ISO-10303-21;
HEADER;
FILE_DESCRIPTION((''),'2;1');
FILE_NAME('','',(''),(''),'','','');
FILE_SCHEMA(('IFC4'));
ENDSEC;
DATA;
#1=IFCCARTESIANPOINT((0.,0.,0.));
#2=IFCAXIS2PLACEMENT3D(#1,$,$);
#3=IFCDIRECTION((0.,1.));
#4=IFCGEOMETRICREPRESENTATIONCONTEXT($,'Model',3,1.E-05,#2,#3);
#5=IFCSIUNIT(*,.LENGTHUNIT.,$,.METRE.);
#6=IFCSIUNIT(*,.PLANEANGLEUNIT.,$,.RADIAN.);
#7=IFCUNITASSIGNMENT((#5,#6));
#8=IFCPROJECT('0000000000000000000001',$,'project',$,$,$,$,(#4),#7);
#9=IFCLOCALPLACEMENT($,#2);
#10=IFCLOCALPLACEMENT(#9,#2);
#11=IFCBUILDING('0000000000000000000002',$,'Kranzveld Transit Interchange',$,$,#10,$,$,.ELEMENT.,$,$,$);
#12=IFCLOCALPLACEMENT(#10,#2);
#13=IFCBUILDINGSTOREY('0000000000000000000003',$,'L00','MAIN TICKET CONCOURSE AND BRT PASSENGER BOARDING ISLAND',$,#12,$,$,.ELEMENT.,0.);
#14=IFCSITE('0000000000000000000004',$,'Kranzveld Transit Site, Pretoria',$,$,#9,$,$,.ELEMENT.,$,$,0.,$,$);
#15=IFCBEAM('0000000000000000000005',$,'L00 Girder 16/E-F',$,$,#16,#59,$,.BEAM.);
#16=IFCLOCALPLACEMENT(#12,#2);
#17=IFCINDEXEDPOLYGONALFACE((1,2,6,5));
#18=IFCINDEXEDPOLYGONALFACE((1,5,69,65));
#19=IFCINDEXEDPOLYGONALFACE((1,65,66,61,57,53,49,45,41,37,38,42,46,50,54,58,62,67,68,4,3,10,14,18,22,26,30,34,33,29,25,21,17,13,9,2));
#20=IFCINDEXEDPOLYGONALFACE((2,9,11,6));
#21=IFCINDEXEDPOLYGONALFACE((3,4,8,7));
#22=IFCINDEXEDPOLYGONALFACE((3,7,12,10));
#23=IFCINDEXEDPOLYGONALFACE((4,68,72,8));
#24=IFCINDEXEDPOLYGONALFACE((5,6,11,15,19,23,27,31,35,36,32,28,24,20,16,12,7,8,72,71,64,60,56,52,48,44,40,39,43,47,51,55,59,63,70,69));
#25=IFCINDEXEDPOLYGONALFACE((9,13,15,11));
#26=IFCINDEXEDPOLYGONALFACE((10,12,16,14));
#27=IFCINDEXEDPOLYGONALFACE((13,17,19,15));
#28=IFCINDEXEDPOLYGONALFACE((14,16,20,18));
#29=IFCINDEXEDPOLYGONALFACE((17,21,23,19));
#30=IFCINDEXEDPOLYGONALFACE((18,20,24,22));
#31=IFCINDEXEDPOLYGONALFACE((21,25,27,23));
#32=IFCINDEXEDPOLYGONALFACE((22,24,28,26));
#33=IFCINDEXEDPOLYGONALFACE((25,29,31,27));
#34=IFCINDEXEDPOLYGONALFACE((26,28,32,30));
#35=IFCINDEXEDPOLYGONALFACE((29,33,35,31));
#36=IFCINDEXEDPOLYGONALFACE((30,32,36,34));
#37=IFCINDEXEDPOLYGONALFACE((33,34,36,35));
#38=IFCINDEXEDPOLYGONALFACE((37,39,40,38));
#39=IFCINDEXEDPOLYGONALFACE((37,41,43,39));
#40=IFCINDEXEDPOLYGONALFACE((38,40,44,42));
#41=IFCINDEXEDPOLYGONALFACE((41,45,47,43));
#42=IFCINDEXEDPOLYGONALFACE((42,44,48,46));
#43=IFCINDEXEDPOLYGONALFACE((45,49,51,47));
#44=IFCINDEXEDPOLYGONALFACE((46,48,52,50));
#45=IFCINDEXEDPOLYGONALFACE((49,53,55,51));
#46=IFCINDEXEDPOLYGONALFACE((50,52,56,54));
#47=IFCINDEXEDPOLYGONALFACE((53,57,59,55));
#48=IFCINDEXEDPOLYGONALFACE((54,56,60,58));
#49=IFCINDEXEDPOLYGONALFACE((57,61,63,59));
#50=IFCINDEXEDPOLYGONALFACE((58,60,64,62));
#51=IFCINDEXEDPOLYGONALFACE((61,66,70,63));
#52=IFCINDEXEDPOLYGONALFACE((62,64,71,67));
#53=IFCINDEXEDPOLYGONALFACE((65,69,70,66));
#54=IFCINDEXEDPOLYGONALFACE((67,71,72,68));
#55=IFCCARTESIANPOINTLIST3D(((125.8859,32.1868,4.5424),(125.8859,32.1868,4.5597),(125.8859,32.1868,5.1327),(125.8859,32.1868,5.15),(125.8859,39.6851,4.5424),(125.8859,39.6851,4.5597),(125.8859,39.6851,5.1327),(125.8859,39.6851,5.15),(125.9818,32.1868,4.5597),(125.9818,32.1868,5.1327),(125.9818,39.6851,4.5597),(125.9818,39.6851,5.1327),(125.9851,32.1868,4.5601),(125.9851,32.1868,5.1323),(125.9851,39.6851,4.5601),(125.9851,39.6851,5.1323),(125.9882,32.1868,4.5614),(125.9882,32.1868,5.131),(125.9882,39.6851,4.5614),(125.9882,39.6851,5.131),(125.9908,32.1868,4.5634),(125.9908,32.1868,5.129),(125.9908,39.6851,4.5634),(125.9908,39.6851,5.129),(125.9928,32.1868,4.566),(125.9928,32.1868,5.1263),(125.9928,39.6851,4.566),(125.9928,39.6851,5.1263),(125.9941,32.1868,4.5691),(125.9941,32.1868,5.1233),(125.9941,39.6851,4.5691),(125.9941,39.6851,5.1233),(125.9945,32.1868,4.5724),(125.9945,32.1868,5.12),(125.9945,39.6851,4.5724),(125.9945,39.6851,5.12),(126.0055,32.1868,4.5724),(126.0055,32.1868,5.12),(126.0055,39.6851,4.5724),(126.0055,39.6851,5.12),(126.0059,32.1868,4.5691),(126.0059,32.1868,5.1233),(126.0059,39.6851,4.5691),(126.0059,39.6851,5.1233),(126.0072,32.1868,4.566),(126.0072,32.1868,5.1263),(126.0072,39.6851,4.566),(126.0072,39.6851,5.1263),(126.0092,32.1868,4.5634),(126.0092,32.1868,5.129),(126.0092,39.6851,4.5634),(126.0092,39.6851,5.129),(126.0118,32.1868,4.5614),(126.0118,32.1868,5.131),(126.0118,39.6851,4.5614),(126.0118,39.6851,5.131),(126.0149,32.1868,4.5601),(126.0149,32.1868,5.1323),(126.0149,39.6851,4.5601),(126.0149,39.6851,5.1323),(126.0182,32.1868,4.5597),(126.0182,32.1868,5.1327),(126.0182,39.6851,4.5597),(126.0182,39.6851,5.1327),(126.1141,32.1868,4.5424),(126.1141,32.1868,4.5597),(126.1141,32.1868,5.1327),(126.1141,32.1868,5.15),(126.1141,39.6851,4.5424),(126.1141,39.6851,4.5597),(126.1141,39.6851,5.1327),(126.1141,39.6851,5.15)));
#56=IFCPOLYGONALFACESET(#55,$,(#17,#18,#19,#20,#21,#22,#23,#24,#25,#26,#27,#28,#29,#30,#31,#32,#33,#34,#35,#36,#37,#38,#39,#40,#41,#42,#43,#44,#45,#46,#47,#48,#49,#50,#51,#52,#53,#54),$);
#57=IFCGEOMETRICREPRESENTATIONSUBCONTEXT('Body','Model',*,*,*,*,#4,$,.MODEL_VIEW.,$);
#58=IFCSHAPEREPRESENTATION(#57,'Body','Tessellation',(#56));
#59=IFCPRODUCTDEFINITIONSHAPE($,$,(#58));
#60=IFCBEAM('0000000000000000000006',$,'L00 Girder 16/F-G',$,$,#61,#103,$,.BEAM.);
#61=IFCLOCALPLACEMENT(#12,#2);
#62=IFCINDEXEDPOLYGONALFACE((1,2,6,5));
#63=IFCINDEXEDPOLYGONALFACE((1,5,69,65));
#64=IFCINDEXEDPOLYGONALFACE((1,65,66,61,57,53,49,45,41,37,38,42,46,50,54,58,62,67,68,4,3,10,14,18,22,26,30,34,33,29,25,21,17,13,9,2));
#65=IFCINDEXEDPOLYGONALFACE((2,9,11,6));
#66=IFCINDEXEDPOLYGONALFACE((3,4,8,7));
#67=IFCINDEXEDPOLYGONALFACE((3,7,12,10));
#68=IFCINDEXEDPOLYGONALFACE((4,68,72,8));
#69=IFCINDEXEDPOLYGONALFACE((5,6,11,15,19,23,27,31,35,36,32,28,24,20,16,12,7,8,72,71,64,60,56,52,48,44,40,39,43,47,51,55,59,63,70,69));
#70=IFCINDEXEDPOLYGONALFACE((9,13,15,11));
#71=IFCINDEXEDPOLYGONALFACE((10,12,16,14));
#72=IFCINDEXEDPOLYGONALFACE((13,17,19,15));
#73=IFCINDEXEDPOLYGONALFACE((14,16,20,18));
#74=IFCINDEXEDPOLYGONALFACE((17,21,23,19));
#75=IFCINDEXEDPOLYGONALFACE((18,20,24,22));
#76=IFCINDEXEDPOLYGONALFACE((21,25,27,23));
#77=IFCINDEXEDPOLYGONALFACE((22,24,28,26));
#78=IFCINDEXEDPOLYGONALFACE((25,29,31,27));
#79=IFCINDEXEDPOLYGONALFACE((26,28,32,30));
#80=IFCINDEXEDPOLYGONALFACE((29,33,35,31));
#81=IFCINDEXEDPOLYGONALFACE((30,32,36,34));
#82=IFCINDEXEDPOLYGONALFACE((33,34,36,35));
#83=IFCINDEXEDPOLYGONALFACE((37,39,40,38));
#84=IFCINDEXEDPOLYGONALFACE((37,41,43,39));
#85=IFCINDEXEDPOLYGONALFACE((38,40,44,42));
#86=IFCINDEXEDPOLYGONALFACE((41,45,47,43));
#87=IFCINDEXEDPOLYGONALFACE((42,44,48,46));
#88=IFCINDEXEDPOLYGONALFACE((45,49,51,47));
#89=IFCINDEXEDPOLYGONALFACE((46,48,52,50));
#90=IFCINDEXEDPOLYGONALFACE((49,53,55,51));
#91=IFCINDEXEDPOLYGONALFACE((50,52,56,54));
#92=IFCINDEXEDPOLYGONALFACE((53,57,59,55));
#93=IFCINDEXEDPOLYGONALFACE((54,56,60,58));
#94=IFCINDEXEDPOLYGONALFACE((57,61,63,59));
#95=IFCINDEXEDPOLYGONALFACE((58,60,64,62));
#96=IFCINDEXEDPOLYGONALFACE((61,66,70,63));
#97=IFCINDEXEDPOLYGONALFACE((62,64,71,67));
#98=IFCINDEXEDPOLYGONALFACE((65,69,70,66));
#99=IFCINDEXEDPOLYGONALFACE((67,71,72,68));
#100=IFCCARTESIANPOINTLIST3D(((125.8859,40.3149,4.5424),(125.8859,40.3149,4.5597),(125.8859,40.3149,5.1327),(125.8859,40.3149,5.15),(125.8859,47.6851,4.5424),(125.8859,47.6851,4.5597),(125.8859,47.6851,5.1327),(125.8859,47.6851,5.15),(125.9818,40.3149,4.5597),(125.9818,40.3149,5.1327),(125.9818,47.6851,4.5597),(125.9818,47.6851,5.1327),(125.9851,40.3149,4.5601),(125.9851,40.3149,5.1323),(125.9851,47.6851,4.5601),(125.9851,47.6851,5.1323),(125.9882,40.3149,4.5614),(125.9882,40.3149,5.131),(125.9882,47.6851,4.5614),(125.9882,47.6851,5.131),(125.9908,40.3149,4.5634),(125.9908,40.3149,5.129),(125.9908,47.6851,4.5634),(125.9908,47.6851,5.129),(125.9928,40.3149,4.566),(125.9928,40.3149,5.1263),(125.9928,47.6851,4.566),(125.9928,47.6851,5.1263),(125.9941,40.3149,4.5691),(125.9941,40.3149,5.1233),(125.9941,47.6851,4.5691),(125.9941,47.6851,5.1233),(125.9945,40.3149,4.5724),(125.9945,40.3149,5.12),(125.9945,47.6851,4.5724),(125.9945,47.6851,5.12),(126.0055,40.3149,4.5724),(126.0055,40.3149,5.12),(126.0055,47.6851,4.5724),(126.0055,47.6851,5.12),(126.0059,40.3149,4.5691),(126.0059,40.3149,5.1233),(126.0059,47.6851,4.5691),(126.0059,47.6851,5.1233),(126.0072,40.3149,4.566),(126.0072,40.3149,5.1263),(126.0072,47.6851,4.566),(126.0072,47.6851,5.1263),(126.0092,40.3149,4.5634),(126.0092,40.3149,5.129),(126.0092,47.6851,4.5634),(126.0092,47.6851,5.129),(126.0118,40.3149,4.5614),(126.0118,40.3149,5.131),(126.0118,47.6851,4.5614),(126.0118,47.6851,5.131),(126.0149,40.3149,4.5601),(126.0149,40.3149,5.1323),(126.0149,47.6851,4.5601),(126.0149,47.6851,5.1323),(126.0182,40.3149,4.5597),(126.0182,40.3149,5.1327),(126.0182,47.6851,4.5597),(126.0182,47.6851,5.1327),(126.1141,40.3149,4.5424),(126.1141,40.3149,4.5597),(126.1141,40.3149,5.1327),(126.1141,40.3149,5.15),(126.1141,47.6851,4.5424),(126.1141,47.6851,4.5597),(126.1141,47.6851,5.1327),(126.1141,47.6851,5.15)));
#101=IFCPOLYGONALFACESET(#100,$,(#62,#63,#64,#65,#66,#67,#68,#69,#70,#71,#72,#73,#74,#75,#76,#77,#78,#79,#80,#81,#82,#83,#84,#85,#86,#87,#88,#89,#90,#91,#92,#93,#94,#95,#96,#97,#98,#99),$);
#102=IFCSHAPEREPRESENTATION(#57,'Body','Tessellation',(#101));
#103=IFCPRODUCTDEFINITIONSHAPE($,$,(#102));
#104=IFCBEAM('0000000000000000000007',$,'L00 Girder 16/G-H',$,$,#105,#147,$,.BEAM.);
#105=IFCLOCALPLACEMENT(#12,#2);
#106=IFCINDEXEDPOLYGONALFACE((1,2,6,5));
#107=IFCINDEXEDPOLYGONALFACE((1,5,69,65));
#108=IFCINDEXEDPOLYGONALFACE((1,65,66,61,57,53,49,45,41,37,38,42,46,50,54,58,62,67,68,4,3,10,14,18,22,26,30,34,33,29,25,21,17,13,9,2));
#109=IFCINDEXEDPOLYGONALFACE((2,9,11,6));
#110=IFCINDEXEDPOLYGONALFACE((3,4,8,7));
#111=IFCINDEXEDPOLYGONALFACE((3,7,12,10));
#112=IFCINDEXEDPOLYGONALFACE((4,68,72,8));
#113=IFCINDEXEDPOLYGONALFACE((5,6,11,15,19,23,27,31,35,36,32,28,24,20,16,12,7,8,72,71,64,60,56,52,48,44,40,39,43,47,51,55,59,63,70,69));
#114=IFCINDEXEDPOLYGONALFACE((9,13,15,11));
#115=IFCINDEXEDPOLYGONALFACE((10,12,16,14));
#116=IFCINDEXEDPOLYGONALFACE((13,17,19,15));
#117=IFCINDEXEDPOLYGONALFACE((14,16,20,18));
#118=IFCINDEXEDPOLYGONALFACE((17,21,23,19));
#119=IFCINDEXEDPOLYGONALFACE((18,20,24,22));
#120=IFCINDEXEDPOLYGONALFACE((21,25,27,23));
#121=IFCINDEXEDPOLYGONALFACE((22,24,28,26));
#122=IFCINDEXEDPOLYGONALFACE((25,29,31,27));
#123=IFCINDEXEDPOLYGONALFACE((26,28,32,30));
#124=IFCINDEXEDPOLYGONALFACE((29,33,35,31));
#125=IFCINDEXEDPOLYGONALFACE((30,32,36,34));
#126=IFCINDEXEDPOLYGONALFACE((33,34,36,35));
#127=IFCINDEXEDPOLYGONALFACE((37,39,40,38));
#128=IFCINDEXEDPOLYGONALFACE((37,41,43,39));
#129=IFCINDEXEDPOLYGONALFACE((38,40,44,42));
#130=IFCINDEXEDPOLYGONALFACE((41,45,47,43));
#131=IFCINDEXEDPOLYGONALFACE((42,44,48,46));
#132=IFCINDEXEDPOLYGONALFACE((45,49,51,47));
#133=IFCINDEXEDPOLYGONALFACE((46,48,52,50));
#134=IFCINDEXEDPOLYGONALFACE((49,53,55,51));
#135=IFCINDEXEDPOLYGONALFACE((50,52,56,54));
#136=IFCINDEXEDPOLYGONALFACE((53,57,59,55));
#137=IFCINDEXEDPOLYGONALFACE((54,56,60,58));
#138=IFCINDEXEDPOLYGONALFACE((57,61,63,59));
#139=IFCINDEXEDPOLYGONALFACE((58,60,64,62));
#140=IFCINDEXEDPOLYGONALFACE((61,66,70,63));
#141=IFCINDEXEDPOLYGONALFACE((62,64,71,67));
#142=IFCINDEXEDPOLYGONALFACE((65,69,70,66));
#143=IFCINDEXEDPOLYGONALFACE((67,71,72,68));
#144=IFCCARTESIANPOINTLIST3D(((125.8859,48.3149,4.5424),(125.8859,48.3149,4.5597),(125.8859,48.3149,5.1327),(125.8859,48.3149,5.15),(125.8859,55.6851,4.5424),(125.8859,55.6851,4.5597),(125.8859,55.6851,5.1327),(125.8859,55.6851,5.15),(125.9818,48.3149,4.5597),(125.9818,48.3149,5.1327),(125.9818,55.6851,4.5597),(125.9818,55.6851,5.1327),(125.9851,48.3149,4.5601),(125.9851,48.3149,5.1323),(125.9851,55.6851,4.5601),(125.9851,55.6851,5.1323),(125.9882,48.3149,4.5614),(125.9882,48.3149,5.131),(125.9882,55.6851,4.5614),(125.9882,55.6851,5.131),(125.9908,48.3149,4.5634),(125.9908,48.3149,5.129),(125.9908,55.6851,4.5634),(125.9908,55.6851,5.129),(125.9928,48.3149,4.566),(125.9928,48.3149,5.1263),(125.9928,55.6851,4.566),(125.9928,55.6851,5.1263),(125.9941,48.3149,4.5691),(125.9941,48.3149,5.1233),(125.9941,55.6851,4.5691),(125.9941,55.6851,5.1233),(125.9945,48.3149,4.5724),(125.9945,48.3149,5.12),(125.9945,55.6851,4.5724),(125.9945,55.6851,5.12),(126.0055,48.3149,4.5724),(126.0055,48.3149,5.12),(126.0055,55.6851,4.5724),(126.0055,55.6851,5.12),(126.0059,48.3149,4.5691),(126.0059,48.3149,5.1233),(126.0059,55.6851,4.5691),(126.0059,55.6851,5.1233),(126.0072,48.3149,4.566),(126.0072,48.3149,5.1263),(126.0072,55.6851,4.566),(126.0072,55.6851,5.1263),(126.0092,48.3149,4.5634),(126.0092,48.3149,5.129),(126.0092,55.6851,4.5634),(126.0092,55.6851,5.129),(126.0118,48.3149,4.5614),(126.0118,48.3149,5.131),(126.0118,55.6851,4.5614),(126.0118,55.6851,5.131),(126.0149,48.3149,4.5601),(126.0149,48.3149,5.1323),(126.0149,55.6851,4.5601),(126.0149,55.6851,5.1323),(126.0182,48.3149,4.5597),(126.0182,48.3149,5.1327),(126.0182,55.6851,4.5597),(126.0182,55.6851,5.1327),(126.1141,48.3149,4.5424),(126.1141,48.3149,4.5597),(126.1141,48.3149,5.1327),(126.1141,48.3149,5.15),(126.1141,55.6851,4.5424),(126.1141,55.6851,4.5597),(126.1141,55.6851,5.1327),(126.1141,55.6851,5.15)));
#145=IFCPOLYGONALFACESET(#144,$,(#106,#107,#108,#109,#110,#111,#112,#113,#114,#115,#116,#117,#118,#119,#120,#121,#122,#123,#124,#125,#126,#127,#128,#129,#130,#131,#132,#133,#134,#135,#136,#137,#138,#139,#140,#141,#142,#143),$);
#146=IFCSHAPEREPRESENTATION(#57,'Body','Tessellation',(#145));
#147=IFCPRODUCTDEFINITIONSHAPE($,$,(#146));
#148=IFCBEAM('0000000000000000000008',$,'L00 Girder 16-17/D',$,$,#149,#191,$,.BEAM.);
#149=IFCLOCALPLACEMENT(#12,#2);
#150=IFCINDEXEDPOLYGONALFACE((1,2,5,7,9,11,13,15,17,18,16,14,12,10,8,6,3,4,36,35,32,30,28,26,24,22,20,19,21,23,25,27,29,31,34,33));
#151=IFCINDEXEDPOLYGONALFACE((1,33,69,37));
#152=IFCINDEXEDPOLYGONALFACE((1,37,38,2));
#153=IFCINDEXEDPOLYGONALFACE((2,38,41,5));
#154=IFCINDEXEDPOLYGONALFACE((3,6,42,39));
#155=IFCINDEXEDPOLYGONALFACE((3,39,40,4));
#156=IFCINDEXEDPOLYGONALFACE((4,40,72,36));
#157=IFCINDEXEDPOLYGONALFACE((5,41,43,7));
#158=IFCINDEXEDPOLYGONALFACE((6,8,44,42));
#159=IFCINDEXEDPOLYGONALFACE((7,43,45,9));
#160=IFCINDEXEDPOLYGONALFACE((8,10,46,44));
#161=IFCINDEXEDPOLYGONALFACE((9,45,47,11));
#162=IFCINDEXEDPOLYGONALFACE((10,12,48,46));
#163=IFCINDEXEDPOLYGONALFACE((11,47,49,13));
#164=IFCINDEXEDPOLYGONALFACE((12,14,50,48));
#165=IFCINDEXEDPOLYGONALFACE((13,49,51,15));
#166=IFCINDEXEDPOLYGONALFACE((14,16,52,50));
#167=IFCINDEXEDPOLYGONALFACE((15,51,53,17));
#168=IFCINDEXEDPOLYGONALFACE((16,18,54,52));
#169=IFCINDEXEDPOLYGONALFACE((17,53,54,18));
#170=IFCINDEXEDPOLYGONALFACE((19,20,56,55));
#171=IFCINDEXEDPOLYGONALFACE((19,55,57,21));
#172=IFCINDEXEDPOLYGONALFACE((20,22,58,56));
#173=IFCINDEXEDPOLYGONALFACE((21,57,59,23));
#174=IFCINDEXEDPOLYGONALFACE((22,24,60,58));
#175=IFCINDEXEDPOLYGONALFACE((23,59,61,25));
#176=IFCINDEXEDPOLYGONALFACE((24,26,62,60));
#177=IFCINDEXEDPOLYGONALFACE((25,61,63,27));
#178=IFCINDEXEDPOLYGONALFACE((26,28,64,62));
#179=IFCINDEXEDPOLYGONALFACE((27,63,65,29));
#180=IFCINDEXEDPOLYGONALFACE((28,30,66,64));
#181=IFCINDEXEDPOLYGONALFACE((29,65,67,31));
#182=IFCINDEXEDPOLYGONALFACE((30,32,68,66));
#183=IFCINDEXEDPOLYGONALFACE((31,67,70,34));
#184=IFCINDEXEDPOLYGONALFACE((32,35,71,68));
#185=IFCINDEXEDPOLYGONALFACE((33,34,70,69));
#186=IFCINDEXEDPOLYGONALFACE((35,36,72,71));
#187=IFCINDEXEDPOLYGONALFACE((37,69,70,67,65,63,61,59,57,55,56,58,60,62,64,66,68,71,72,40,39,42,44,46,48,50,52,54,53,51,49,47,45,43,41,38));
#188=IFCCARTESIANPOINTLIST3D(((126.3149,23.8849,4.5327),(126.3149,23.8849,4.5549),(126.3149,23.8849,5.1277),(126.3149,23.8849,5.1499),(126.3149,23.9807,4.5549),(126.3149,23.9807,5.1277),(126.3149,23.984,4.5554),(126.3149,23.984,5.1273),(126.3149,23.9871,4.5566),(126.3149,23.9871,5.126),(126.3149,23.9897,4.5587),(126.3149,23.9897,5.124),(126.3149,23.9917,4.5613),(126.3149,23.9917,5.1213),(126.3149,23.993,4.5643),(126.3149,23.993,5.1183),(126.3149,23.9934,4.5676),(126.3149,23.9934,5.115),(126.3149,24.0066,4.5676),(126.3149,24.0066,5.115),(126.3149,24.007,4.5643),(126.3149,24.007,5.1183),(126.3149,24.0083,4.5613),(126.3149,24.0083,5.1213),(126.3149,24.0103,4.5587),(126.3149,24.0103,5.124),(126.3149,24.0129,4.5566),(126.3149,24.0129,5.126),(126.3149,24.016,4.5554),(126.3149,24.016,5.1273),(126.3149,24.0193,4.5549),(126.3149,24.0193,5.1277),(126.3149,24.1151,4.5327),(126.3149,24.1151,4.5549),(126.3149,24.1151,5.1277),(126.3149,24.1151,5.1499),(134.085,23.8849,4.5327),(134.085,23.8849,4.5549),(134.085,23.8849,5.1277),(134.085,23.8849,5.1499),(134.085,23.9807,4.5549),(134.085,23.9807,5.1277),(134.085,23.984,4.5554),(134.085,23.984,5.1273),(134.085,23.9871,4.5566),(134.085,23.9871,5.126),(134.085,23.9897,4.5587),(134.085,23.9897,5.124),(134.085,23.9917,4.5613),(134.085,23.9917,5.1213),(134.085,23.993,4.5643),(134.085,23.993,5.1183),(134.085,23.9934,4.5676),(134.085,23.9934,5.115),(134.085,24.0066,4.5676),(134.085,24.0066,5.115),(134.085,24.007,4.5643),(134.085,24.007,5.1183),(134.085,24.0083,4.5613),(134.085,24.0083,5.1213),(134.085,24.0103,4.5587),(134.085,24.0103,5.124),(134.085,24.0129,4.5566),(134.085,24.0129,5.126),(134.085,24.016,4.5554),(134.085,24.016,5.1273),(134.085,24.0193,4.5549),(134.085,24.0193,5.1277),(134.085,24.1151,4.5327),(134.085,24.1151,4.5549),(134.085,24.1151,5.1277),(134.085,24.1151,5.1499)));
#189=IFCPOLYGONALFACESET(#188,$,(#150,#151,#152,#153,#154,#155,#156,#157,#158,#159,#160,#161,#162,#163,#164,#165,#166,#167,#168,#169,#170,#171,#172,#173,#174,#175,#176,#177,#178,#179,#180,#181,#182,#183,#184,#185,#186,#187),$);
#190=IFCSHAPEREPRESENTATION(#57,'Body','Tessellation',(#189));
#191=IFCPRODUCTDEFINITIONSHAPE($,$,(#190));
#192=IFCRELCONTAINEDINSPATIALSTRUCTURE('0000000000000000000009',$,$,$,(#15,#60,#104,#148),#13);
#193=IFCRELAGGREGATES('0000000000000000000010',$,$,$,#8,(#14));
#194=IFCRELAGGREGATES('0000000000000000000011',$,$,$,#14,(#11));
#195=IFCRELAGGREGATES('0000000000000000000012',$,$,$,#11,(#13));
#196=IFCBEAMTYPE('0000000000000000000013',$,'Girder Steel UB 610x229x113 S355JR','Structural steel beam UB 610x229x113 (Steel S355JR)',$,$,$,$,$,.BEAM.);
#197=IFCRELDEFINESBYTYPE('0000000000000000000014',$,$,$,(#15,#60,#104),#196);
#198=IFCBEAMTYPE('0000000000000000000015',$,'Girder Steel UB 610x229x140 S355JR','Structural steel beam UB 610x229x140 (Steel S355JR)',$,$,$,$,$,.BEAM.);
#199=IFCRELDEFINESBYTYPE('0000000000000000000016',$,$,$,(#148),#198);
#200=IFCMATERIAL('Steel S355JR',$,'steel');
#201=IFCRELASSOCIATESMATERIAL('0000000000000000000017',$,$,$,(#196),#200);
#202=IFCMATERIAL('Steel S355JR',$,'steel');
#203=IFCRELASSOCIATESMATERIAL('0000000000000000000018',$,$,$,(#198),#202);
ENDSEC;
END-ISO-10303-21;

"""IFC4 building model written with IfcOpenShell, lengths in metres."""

from ifc_helpers import new_model, si_unit, direction, frame, origin, origin_2d, place, context, subcontext, project, spatial, i_section, extrude, material, material_profile, profile_set, type_object, element, save


model = new_model("IFC4")

# Units and contexts
model_context = context("Model", 3, precision=1e-05, world=origin(), true_north=direction((0.0, 1.0)))
body_context = subcontext(model_context, "Body", "Model", "MODEL_VIEW")
ifc_project = project(units=[si_unit("LENGTHUNIT", "METRE"), si_unit("PLANEANGLEUNIT", "RADIAN")], contexts=[model_context])

# Site, building, storey
site_placement = place(None, origin())
site = spatial("IfcSite", under=ifc_project, at=site_placement, Name="Kranzveld Transit Site, Pretoria", CompositionType="ELEMENT", RefElevation=0.0)
building_placement = place(site_placement, origin())
building = spatial("IfcBuilding", under=site, at=building_placement, Name="Kranzveld Transit Interchange", CompositionType="ELEMENT")
storey_placement = place(building_placement, origin())
storey = spatial("IfcBuildingStorey", under=building, at=storey_placement, Name="L00", Description="MAIN TICKET CONCOURSE AND BRT PASSENGER BOARDING ISLAND", CompositionType="ELEMENT", Elevation=0.0)

# Beams
ifc_material_1 = material(Name="Steel S355JR", Category="steel")
ifc_material_profile_1 = material_profile(ifc_material_1, i_section(OverallWidth=0.2283, OverallDepth=0.6077, WebThickness=0.011, FlangeThickness=0.0173, FilletRadius=0.0127, at=origin_2d()), Name="UB 610x229x113")
ifc_profile_set_1 = profile_set([ifc_material_profile_1], Name="Steel S355JR")
beam_type_1 = type_object("IfcBeamType", Name="Girder Steel UB 610x229x113 S355JR", Description="Structural steel beam UB 610x229x113 (Steel S355JR)", PredefinedType="BEAM", material=ifc_profile_set_1)
for number, where, z_axis, x_axis, name in (
    (1, (126.0, 32.1868, 4.8462), (0.0, 1.0, 0.0), (-1.0, 0.0, 0.0), "L00 Girder 16/E-F"),
):
    element("IfcBeam", number, at=place(storey_placement, frame(where, z_axis=z_axis, x_axis=x_axis)), inside=storey, type_object=beam_type_1, Name=name, PredefinedType="BEAM", context=body_context, shape_type="SweptSolid", body=[
        extrude(i_section(OverallWidth=0.2283, OverallDepth=0.6077, WebThickness=0.011, FlangeThickness=0.0173, FilletRadius=0.0127, at=origin_2d()), origin(), (0.0, 0.0, 1.0), 7.4983),
    ])
for number, where, z_axis, x_axis, name in (
    (2, (126.0, 40.3149, 4.8462), (0.0, 1.0, 0.0), (-1.0, 0.0, 0.0), "L00 Girder 16/F-G"),
    (3, (126.0, 48.3149, 4.8462), (0.0, 1.0, 0.0), (-1.0, 0.0, 0.0), "L00 Girder 16/G-H"),
):
    element("IfcBeam", number, at=place(storey_placement, frame(where, z_axis=z_axis, x_axis=x_axis)), inside=storey, type_object=beam_type_1, Name=name, PredefinedType="BEAM", context=body_context, shape_type="SweptSolid", body=[
        extrude(i_section(OverallWidth=0.2283, OverallDepth=0.6077, WebThickness=0.011, FlangeThickness=0.0173, FilletRadius=0.0127, at=origin_2d()), origin(), (0.0, 0.0, 1.0), 7.3701),
    ])
ifc_material_2 = material(Name="Steel S355JR", Category="steel")
ifc_material_profile_2 = material_profile(ifc_material_2, i_section(OverallWidth=0.2302, OverallDepth=0.6172, WebThickness=0.0132, FlangeThickness=0.0222, FilletRadius=0.0127, at=origin_2d()), Name="UB 610x229x140")
ifc_profile_set_2 = profile_set([ifc_material_profile_2], Name="Steel S355JR")
beam_type_2 = type_object("IfcBeamType", Name="Girder Steel UB 610x229x140 S355JR", Description="Structural steel beam UB 610x229x140 (Steel S355JR)", PredefinedType="BEAM", material=ifc_profile_set_2)
beam_placement = place(storey_placement, frame((126.3149, 24.0, 4.8413), z_axis=(1.0, 0.0, 0.0), x_axis=(0.0, 1.0, 0.0)))
element("IfcBeam", 4, at=beam_placement, inside=storey, type_object=beam_type_2, Name="L00 Girder 16-17/D", PredefinedType="BEAM", context=body_context, shape_type="SweptSolid", body=[
    extrude(i_section(OverallWidth=0.2302, OverallDepth=0.6172, WebThickness=0.0132, FlangeThickness=0.0222, FilletRadius=0.0127, at=origin_2d()), origin(), (0.0, 0.0, 1.0), 7.77),
])

save(model, "model.ifc")
